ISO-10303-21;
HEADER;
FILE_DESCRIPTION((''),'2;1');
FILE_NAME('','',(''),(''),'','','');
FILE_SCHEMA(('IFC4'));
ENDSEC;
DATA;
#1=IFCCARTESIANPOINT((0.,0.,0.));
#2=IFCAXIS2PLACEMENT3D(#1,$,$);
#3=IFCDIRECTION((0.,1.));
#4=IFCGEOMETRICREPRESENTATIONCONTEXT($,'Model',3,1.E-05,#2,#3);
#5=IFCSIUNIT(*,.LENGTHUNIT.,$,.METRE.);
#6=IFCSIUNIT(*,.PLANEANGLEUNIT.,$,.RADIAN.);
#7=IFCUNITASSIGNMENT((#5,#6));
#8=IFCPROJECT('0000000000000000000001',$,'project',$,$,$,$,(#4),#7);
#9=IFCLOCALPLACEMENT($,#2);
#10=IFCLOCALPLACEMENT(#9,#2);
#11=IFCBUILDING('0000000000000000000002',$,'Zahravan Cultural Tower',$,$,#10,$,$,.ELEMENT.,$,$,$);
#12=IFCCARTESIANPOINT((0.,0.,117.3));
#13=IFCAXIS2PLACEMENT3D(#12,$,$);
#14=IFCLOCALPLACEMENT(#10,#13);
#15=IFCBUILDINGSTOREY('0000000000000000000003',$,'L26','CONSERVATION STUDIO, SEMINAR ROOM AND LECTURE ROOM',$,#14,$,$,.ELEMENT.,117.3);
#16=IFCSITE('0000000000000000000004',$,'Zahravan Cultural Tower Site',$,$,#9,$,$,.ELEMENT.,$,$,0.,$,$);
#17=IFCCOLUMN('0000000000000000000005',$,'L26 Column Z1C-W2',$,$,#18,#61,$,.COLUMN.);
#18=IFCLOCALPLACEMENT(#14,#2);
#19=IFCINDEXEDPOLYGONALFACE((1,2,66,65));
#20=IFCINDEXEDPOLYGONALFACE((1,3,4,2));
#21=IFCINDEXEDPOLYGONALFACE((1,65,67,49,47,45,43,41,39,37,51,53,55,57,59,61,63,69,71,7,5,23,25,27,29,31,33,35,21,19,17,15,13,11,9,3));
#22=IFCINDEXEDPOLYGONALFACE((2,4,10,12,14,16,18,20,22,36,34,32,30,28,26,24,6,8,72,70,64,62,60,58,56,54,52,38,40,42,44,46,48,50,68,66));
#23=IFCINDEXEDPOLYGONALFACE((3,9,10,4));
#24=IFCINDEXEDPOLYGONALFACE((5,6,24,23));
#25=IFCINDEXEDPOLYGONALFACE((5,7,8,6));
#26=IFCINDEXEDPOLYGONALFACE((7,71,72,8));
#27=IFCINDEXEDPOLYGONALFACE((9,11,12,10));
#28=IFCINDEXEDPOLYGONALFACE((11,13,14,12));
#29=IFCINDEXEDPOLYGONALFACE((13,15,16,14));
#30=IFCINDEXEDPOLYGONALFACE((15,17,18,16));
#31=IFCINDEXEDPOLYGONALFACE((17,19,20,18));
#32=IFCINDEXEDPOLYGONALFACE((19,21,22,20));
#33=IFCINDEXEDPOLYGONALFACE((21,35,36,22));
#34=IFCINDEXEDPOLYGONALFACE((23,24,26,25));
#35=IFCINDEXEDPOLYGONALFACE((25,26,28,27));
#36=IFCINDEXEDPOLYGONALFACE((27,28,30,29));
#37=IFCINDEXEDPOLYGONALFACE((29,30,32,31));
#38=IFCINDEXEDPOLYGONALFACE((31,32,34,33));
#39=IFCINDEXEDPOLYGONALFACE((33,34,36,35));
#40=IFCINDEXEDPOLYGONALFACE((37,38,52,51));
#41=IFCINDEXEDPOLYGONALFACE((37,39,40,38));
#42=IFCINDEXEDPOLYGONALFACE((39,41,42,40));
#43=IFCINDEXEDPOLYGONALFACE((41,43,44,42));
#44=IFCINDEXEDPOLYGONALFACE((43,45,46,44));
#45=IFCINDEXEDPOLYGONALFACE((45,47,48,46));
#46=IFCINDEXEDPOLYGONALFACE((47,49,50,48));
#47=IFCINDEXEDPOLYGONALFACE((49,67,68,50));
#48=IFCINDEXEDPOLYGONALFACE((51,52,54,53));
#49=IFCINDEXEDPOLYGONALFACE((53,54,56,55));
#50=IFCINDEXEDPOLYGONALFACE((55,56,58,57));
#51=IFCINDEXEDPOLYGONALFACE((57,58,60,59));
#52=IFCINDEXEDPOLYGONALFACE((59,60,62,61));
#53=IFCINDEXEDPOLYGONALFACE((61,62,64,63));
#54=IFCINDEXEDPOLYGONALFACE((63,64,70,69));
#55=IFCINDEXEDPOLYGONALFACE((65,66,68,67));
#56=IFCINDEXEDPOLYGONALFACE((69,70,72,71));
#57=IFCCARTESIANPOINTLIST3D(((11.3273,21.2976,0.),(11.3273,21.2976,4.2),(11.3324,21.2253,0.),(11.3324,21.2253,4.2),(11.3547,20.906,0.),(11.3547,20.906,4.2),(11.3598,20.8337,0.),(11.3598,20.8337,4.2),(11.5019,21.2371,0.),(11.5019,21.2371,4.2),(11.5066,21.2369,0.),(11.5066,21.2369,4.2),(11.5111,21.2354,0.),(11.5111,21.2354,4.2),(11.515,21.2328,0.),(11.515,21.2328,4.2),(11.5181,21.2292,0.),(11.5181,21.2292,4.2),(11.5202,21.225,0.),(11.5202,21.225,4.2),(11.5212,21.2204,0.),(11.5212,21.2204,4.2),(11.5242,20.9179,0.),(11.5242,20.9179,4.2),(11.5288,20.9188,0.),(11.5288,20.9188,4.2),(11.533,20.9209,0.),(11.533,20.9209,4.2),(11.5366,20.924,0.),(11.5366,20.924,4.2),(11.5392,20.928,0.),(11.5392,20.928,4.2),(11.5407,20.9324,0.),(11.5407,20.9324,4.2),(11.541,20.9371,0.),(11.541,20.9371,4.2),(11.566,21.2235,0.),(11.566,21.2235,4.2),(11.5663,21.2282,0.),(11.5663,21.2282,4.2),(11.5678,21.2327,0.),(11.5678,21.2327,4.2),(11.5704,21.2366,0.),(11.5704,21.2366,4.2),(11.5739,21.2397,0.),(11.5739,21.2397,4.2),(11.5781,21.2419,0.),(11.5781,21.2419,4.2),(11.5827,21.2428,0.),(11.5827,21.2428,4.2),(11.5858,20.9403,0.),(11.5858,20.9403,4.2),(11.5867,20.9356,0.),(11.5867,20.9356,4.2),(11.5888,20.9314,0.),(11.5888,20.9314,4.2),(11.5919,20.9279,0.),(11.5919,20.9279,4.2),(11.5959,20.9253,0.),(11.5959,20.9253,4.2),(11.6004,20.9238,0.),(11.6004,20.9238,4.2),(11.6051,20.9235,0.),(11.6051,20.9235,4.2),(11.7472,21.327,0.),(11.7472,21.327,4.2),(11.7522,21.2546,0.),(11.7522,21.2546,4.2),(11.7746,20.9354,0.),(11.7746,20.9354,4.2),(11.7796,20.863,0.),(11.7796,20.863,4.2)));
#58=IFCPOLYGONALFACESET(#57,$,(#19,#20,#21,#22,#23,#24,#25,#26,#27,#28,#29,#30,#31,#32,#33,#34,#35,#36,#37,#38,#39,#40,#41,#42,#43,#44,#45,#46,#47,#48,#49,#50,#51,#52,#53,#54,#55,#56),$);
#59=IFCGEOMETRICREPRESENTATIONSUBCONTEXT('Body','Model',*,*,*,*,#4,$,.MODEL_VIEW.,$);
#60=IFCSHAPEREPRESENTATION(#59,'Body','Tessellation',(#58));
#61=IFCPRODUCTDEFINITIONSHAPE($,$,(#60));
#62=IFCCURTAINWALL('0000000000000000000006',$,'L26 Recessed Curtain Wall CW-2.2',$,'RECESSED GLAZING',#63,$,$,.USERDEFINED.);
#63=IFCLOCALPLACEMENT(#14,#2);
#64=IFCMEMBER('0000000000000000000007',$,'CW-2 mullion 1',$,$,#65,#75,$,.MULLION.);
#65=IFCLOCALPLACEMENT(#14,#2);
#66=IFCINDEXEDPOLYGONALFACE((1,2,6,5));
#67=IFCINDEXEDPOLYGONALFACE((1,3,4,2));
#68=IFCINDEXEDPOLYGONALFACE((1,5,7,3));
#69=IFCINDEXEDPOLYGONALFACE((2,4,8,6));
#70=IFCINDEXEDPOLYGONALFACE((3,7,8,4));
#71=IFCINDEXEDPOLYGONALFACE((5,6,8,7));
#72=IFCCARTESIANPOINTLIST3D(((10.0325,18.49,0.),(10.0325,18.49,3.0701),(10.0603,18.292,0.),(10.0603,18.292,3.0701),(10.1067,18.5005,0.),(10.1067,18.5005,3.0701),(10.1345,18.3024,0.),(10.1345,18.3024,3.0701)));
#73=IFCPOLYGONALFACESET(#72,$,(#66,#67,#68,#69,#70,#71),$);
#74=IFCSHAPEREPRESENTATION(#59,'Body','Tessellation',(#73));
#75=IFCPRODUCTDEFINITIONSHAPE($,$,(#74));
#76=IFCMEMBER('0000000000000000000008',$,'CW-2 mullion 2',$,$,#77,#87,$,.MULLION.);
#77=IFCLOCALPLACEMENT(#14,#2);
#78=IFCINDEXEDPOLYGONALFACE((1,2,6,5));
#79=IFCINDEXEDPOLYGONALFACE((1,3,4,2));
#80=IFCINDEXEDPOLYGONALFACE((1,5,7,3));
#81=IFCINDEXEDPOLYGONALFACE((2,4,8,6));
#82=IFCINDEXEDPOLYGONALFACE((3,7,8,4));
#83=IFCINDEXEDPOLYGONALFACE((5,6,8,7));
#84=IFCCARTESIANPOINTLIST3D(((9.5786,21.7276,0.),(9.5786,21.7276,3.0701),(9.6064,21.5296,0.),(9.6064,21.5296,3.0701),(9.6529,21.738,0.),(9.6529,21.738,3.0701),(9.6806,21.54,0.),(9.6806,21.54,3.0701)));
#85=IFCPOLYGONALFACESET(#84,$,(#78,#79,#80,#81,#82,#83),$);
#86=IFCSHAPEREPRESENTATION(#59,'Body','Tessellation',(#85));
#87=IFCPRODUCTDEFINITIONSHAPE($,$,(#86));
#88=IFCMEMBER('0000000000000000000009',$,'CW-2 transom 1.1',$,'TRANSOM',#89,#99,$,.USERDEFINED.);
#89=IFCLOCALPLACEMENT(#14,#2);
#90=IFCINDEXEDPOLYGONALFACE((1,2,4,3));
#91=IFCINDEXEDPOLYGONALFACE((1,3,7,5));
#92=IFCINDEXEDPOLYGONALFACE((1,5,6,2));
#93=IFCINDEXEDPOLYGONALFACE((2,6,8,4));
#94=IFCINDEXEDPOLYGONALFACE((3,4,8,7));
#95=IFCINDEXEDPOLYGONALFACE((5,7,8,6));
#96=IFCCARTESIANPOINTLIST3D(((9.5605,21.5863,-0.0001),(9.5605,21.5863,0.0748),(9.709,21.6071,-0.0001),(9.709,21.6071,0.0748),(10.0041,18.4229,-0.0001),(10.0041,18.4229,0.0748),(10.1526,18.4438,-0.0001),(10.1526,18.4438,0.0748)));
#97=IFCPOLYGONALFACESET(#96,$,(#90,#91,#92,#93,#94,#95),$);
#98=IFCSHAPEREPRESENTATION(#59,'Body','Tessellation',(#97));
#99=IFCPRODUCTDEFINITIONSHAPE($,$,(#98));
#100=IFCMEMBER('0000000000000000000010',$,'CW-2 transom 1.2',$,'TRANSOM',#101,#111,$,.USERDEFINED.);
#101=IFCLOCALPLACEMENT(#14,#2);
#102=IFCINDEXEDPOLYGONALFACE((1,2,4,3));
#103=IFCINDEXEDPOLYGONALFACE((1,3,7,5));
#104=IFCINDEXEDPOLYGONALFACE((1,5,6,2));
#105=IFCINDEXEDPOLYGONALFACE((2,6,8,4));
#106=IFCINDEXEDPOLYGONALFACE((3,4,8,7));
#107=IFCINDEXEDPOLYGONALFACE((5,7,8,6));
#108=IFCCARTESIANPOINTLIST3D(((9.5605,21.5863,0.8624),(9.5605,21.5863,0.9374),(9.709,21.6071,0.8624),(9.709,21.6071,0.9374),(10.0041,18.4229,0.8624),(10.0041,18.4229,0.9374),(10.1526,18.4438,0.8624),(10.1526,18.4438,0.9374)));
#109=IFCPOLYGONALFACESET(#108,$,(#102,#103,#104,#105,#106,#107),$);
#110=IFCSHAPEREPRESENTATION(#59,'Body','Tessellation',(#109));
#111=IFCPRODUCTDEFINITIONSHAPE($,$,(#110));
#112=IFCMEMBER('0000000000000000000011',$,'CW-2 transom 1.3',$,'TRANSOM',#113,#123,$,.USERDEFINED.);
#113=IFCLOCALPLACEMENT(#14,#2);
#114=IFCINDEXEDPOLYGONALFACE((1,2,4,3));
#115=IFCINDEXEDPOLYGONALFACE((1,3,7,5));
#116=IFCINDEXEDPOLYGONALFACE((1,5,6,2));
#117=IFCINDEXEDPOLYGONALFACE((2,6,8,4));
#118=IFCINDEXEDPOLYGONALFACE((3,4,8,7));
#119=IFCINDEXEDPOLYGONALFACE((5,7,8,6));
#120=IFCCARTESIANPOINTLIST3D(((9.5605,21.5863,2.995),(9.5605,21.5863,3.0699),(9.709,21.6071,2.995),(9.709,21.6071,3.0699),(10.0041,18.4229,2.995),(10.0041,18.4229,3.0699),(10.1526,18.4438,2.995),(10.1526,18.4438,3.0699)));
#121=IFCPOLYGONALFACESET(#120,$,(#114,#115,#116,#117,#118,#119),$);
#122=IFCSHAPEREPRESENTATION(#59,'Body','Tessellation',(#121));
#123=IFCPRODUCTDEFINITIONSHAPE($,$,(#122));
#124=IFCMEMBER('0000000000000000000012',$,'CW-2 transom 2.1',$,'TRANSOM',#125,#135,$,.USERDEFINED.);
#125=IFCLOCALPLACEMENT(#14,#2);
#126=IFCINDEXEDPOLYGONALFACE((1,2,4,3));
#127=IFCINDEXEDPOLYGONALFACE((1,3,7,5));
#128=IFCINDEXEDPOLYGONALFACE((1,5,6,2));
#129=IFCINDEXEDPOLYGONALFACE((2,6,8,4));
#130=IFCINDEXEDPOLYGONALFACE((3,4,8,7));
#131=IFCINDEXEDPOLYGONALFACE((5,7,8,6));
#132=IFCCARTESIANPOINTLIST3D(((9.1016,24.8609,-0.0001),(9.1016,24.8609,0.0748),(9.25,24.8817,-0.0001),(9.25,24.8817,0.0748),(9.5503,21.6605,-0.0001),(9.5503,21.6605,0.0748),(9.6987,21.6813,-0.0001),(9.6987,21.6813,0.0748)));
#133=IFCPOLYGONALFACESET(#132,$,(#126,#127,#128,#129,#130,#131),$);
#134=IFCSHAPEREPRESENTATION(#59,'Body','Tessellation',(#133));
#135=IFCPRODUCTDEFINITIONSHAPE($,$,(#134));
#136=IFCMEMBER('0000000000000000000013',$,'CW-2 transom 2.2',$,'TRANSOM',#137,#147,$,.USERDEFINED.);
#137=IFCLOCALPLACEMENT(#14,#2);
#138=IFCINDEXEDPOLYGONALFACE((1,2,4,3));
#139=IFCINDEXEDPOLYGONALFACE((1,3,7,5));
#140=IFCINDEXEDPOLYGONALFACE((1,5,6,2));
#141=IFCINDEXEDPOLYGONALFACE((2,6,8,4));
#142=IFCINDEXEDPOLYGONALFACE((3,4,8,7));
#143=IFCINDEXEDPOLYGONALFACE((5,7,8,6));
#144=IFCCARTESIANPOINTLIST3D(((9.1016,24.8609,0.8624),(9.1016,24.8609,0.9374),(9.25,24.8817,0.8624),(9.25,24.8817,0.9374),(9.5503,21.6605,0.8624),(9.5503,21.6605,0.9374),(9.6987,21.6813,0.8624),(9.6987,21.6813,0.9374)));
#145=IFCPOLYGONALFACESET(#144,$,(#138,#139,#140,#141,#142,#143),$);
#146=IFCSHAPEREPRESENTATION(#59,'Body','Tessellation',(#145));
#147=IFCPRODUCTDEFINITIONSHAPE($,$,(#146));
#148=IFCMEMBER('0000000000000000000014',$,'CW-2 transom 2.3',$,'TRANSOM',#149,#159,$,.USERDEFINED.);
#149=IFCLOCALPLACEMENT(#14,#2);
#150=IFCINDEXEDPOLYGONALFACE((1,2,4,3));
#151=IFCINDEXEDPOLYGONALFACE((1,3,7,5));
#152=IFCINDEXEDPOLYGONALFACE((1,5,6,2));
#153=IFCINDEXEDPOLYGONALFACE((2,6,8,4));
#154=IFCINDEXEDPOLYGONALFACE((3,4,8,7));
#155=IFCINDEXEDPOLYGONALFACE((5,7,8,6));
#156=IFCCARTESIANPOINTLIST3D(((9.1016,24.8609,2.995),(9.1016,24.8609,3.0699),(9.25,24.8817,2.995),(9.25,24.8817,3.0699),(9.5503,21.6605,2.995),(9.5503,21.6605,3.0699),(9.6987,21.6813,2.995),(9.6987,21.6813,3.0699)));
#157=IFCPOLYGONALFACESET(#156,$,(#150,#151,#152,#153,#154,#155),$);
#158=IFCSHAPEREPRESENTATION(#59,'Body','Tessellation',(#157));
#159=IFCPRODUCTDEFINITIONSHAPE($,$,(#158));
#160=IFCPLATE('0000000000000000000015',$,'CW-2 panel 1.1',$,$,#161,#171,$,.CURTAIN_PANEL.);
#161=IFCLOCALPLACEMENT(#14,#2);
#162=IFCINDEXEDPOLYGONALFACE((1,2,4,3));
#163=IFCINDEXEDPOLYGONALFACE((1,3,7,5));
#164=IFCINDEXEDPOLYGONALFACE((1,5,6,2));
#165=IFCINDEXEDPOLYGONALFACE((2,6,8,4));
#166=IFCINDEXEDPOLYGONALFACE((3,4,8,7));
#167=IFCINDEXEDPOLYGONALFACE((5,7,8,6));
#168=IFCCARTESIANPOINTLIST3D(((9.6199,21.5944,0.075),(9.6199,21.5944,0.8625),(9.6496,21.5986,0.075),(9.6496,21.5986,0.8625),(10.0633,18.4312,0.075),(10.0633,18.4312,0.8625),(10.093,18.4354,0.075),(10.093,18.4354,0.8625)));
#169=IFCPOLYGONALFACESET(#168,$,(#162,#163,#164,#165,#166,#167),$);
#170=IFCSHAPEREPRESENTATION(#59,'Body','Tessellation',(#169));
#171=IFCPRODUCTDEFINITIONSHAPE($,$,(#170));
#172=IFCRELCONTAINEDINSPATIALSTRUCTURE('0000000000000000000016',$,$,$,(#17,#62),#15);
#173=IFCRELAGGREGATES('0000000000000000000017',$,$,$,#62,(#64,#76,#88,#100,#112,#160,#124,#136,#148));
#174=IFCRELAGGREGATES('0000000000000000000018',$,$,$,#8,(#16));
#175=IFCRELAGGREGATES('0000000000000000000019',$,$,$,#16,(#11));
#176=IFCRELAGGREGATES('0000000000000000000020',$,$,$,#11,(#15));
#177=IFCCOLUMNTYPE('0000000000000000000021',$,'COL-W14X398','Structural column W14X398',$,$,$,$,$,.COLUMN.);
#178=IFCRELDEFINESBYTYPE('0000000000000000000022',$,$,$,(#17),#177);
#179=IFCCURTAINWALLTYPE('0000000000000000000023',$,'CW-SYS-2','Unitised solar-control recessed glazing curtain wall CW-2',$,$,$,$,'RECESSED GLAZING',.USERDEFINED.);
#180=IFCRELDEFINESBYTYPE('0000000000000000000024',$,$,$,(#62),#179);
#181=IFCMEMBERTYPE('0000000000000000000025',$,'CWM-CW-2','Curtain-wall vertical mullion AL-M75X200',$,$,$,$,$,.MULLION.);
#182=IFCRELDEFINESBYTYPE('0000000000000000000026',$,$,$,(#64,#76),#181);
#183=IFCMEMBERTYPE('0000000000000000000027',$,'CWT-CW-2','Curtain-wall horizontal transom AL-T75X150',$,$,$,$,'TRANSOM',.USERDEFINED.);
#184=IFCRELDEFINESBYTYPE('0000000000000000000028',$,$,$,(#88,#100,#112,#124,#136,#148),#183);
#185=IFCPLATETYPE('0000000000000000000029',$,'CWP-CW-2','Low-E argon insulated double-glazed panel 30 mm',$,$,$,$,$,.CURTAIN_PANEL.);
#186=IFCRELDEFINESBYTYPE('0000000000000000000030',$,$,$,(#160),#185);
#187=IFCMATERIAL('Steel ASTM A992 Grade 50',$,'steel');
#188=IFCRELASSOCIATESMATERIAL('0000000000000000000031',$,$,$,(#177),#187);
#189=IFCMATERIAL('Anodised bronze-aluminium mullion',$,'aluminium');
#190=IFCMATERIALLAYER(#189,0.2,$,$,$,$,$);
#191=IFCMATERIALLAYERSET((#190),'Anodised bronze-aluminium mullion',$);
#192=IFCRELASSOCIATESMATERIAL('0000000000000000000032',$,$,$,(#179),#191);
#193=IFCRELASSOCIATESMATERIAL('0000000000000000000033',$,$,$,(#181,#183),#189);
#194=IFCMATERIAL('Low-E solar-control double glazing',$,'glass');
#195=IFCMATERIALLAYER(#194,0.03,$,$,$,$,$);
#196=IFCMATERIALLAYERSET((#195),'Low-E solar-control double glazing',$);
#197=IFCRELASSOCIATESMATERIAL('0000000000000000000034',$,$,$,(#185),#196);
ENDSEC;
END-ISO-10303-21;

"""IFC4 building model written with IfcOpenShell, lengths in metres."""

from ifc_helpers import new_model, si_unit, direction, frame, origin, origin_2d, place, context, subcontext, project, spatial, rectangle, i_section, extrude, source, transform, mapped, material, layer, layer_set, material_profile, profile_set, type_object, element, aggregate, save


model = new_model("IFC4")

# Units and contexts
model_context = context("Model", 3, precision=1e-05, world=origin(), true_north=direction((0.0, 1.0)))
body_context = subcontext(model_context, "Body", "Model", "MODEL_VIEW")
ifc_project = project(units=[si_unit("LENGTHUNIT", "METRE"), si_unit("PLANEANGLEUNIT", "RADIAN")], contexts=[model_context])

# Site, building, storey
site_placement = place(None, origin())
site = spatial("IfcSite", under=ifc_project, at=site_placement, Name="Zahravan Cultural Tower Site", CompositionType="ELEMENT", RefElevation=0.0)
building_placement = place(site_placement, origin())
building = spatial("IfcBuilding", under=site, at=building_placement, Name="Zahravan Cultural Tower", CompositionType="ELEMENT")
storey_placement = place(building_placement, frame((0.0, 0.0, 117.3)))
storey = spatial("IfcBuildingStorey", under=building, at=storey_placement, Name="L26", Description="CONSERVATION STUDIO, SEMINAR ROOM AND LECTURE ROOM", CompositionType="ELEMENT", Elevation=117.3)

# Column
ifc_material_1 = material(Name="Steel ASTM A992 Grade 50", Category="steel")
ifc_material_profile_1 = material_profile(ifc_material_1, i_section(OverallWidth=0.4209, OverallDepth=0.4651, WebThickness=0.0449, FlangeThickness=0.0725, FilletRadius=0.0181, at=origin_2d()), Name="W14X398")
ifc_profile_set_1 = profile_set([ifc_material_profile_1], Name="Steel ASTM A992 Grade 50")
column_type = type_object("IfcColumnType", Name="COL-W14X398", Description="Structural column W14X398", PredefinedType="COLUMN", material=ifc_profile_set_1)
shared_shape_1 = source(origin(), body_context, "Body", "SweptSolid", [
    extrude(i_section(OverallWidth=0.4209, OverallDepth=0.4651, WebThickness=0.0449, FlangeThickness=0.0725, FilletRadius=0.0181, at=origin_2d()), origin(), (0.0, 0.0, 1.0), 4.2),
])
column_placement = place(storey_placement, frame((11.5535, 21.0803, 0.0), z_axis=(0.0, 0.0, 1.0), x_axis=(0.997564, 0.069756, 0.0)))
element("IfcColumn", 1, at=column_placement, inside=storey, type_object=column_type, Name="L26 Column Z1C-W2", PredefinedType="COLUMN", context=body_context, shape_type="MappedRepresentation", body=[
    mapped(shared_shape_1, transform((0.0, 0.0, 0.0), x_axis=(1.0, 0.0, 0.0), y_axis=(0.0, 1.0, 0.0), z_axis=(0.0, 0.0, 1.0), scale=1.0)),
])

# Curtain wall, members, plate
ifc_material_2 = material(Name="Anodised bronze-aluminium mullion", Category="aluminium")
ifc_layer_1 = layer(ifc_material_2, 0.2)
ifc_layer_set_1 = layer_set([ifc_layer_1], Name="Anodised bronze-aluminium mullion")
curtain_wall_type = type_object("IfcCurtainWallType", Name="CW-SYS-2", Description="Unitised solar-control recessed glazing curtain wall CW-2", ElementType="RECESSED GLAZING", PredefinedType="USERDEFINED", material=ifc_layer_set_1)
curtain_wall_placement = place(storey_placement, origin())
curtain_wall = element("IfcCurtainWall", 2, at=curtain_wall_placement, inside=storey, type_object=curtain_wall_type, Name="L26 Recessed Curtain Wall CW-2.2", ObjectType="RECESSED GLAZING", PredefinedType="USERDEFINED")
ifc_material_profile_2 = material_profile(ifc_material_2, rectangle(XDim=0.075, YDim=0.2, at=origin_2d()), Name="AL-M75X200")
ifc_profile_set_2 = profile_set([ifc_material_profile_2], Name="Anodised bronze-aluminium mullion")
member_type_1 = type_object("IfcMemberType", Name="CWM-CW-2", Description="Curtain-wall vertical mullion AL-M75X200", PredefinedType="MULLION", material=ifc_profile_set_2)
shared_shape_2 = source(origin(), body_context, "Body", "SweptSolid", [
    extrude(rectangle(XDim=0.075, YDim=0.2, at=origin_2d()), origin(), (0.0, 0.0, 1.0), 3.0701),
])
member_1_placement = place(storey_placement, frame((10.0835, 18.3962, 0.0), z_axis=(0.0, 0.0, 1.0), x_axis=(-0.990316, -0.13883, 0.0)))
member_1 = element("IfcMember", 3, at=member_1_placement, type_object=member_type_1, Name="CW-2 mullion 1", PredefinedType="MULLION", context=body_context, shape_type="MappedRepresentation", body=[
    mapped(shared_shape_2, transform((0.0, 0.0, 0.0), x_axis=(1.0, 0.0, 0.0), y_axis=(0.0, 1.0, 0.0), z_axis=(0.0, 0.0, 1.0), scale=1.0)),
])
member_2_placement = place(storey_placement, frame((9.6296, 21.6338, 0.0), z_axis=(0.0, 0.0, 1.0), x_axis=(-0.990316, -0.13883, 0.0)))
member_2 = element("IfcMember", 4, at=member_2_placement, type_object=member_type_1, Name="CW-2 mullion 2", PredefinedType="MULLION", context=body_context, shape_type="MappedRepresentation", body=[
    mapped(shared_shape_2, transform((0.0, 0.0, 0.0), x_axis=(1.0, 0.0, 0.0), y_axis=(0.0, 1.0, 0.0), z_axis=(0.0, 0.0, 1.0), scale=1.0)),
])
ifc_material_profile_3 = material_profile(ifc_material_2, rectangle(XDim=0.1499, YDim=0.075, at=origin_2d()), Name="AL-T75X150")
ifc_profile_set_3 = profile_set([ifc_material_profile_3], Name="Anodised bronze-aluminium mullion")
member_type_2 = type_object("IfcMemberType", Name="CWT-CW-2", Description="Curtain-wall horizontal transom AL-T75X150", ElementType="TRANSOM", PredefinedType="USERDEFINED", material=ifc_profile_set_3)
shared_shape_3 = source(origin(), body_context, "Body", "SweptSolid", [
    extrude(rectangle(XDim=0.1499, YDim=0.075, at=origin_2d()), origin(), (0.0, 0.0, 1.0), 3.1943),
])
member_3_placement = place(storey_placement, frame((10.0784, 18.4333, 0.0374), z_axis=(-0.138874, 0.99031, 0.0), x_axis=(-0.99031, -0.138874, 0.0)))
member_3 = element("IfcMember", 5, at=member_3_placement, type_object=member_type_2, Name="CW-2 transom 1.1", ObjectType="TRANSOM", PredefinedType="USERDEFINED", context=body_context, shape_type="MappedRepresentation", body=[
    mapped(shared_shape_3, transform((0.0, 0.0, 0.0), x_axis=(1.0, 0.0, 0.0), y_axis=(0.0, 1.0, 0.0), z_axis=(0.0, 0.0, 1.0), scale=1.0)),
])
member_4_placement = place(storey_placement, frame((10.0784, 18.4333, 0.8999), z_axis=(-0.138874, 0.99031, 0.0), x_axis=(-0.99031, -0.138874, 0.0)))
member_4 = element("IfcMember", 6, at=member_4_placement, type_object=member_type_2, Name="CW-2 transom 1.2", ObjectType="TRANSOM", PredefinedType="USERDEFINED", context=body_context, shape_type="MappedRepresentation", body=[
    mapped(shared_shape_3, transform((0.0, 0.0, 0.0), x_axis=(1.0, 0.0, 0.0), y_axis=(0.0, 1.0, 0.0), z_axis=(0.0, 0.0, 1.0), scale=1.0)),
])
member_5_placement = place(storey_placement, frame((10.0784, 18.4333, 3.0325), z_axis=(-0.138874, 0.99031, 0.0), x_axis=(-0.99031, -0.138874, 0.0)))
member_5 = element("IfcMember", 7, at=member_5_placement, type_object=member_type_2, Name="CW-2 transom 1.3", ObjectType="TRANSOM", PredefinedType="USERDEFINED", context=body_context, shape_type="MappedRepresentation", body=[
    mapped(shared_shape_3, transform((0.0, 0.0, 0.0), x_axis=(1.0, 0.0, 0.0), y_axis=(0.0, 1.0, 0.0), z_axis=(0.0, 0.0, 1.0), scale=1.0)),
])
shared_shape_4 = source(origin(), body_context, "Body", "SweptSolid", [
    extrude(rectangle(XDim=0.1499, YDim=0.075, at=origin_2d()), origin(), (0.0, 0.0, 1.0), 3.2317),
])
member_6_placement = place(storey_placement, frame((9.6245, 21.6709, 0.0374), z_axis=(-0.138851, 0.990313, 0.0), x_axis=(-0.990313, -0.138851, 0.0)))
member_6 = element("IfcMember", 8, at=member_6_placement, type_object=member_type_2, Name="CW-2 transom 2.1", ObjectType="TRANSOM", PredefinedType="USERDEFINED", context=body_context, shape_type="MappedRepresentation", body=[
    mapped(shared_shape_4, transform((0.0, 0.0, 0.0), x_axis=(1.0, 0.0, 0.0), y_axis=(0.0, 1.0, 0.0), z_axis=(0.0, 0.0, 1.0), scale=1.0)),
])
member_7_placement = place(storey_placement, frame((9.6245, 21.6709, 0.8999), z_axis=(-0.138851, 0.990313, 0.0), x_axis=(-0.990313, -0.138851, 0.0)))
member_7 = element("IfcMember", 9, at=member_7_placement, type_object=member_type_2, Name="CW-2 transom 2.2", ObjectType="TRANSOM", PredefinedType="USERDEFINED", context=body_context, shape_type="MappedRepresentation", body=[
    mapped(shared_shape_4, transform((0.0, 0.0, 0.0), x_axis=(1.0, 0.0, 0.0), y_axis=(0.0, 1.0, 0.0), z_axis=(0.0, 0.0, 1.0), scale=1.0)),
])
member_8_placement = place(storey_placement, frame((9.6245, 21.6709, 3.0325), z_axis=(-0.138851, 0.990313, 0.0), x_axis=(-0.990313, -0.138851, 0.0)))
member_8 = element("IfcMember", 10, at=member_8_placement, type_object=member_type_2, Name="CW-2 transom 2.3", ObjectType="TRANSOM", PredefinedType="USERDEFINED", context=body_context, shape_type="MappedRepresentation", body=[
    mapped(shared_shape_4, transform((0.0, 0.0, 0.0), x_axis=(1.0, 0.0, 0.0), y_axis=(0.0, 1.0, 0.0), z_axis=(0.0, 0.0, 1.0), scale=1.0)),
])
ifc_material_3 = material(Name="Low-E solar-control double glazing", Category="glass")
ifc_layer_2 = layer(ifc_material_3, 0.03)
ifc_layer_set_2 = layer_set([ifc_layer_2], Name="Low-E solar-control double glazing")
plate_type = type_object("IfcPlateType", Name="CWP-CW-2", Description="Low-E argon insulated double-glazed panel 30 mm", PredefinedType="CURTAIN_PANEL", material=ifc_layer_set_2)
shared_shape_5 = source(origin(), body_context, "Body", "SweptSolid", [
    extrude(rectangle(XDim=3.1941, YDim=0.03, at=origin_2d()), origin(), (0.0, 0.0, 1.0), 0.7876),
])
plate_1_placement = place(storey_placement, frame((9.8564, 20.0149, 0.075), z_axis=(0.0, 0.0, 1.0), x_axis=(-0.13883, 0.990316, 0.0)))
plate_1 = element("IfcPlate", 11, at=plate_1_placement, type_object=plate_type, Name="CW-2 panel 1.1", PredefinedType="CURTAIN_PANEL", context=body_context, shape_type="MappedRepresentation", body=[
    mapped(shared_shape_5, transform((0.0, 0.0, 0.0), x_axis=(1.0, 0.0, 0.0), y_axis=(0.0, 1.0, 0.0), z_axis=(0.0, 0.0, 1.0), scale=1.0)),
])
aggregate(curtain_wall, [member_1, member_2, member_3, member_4, member_5, plate_1, member_6, member_7, member_8])

save(model, "model.ifc")
